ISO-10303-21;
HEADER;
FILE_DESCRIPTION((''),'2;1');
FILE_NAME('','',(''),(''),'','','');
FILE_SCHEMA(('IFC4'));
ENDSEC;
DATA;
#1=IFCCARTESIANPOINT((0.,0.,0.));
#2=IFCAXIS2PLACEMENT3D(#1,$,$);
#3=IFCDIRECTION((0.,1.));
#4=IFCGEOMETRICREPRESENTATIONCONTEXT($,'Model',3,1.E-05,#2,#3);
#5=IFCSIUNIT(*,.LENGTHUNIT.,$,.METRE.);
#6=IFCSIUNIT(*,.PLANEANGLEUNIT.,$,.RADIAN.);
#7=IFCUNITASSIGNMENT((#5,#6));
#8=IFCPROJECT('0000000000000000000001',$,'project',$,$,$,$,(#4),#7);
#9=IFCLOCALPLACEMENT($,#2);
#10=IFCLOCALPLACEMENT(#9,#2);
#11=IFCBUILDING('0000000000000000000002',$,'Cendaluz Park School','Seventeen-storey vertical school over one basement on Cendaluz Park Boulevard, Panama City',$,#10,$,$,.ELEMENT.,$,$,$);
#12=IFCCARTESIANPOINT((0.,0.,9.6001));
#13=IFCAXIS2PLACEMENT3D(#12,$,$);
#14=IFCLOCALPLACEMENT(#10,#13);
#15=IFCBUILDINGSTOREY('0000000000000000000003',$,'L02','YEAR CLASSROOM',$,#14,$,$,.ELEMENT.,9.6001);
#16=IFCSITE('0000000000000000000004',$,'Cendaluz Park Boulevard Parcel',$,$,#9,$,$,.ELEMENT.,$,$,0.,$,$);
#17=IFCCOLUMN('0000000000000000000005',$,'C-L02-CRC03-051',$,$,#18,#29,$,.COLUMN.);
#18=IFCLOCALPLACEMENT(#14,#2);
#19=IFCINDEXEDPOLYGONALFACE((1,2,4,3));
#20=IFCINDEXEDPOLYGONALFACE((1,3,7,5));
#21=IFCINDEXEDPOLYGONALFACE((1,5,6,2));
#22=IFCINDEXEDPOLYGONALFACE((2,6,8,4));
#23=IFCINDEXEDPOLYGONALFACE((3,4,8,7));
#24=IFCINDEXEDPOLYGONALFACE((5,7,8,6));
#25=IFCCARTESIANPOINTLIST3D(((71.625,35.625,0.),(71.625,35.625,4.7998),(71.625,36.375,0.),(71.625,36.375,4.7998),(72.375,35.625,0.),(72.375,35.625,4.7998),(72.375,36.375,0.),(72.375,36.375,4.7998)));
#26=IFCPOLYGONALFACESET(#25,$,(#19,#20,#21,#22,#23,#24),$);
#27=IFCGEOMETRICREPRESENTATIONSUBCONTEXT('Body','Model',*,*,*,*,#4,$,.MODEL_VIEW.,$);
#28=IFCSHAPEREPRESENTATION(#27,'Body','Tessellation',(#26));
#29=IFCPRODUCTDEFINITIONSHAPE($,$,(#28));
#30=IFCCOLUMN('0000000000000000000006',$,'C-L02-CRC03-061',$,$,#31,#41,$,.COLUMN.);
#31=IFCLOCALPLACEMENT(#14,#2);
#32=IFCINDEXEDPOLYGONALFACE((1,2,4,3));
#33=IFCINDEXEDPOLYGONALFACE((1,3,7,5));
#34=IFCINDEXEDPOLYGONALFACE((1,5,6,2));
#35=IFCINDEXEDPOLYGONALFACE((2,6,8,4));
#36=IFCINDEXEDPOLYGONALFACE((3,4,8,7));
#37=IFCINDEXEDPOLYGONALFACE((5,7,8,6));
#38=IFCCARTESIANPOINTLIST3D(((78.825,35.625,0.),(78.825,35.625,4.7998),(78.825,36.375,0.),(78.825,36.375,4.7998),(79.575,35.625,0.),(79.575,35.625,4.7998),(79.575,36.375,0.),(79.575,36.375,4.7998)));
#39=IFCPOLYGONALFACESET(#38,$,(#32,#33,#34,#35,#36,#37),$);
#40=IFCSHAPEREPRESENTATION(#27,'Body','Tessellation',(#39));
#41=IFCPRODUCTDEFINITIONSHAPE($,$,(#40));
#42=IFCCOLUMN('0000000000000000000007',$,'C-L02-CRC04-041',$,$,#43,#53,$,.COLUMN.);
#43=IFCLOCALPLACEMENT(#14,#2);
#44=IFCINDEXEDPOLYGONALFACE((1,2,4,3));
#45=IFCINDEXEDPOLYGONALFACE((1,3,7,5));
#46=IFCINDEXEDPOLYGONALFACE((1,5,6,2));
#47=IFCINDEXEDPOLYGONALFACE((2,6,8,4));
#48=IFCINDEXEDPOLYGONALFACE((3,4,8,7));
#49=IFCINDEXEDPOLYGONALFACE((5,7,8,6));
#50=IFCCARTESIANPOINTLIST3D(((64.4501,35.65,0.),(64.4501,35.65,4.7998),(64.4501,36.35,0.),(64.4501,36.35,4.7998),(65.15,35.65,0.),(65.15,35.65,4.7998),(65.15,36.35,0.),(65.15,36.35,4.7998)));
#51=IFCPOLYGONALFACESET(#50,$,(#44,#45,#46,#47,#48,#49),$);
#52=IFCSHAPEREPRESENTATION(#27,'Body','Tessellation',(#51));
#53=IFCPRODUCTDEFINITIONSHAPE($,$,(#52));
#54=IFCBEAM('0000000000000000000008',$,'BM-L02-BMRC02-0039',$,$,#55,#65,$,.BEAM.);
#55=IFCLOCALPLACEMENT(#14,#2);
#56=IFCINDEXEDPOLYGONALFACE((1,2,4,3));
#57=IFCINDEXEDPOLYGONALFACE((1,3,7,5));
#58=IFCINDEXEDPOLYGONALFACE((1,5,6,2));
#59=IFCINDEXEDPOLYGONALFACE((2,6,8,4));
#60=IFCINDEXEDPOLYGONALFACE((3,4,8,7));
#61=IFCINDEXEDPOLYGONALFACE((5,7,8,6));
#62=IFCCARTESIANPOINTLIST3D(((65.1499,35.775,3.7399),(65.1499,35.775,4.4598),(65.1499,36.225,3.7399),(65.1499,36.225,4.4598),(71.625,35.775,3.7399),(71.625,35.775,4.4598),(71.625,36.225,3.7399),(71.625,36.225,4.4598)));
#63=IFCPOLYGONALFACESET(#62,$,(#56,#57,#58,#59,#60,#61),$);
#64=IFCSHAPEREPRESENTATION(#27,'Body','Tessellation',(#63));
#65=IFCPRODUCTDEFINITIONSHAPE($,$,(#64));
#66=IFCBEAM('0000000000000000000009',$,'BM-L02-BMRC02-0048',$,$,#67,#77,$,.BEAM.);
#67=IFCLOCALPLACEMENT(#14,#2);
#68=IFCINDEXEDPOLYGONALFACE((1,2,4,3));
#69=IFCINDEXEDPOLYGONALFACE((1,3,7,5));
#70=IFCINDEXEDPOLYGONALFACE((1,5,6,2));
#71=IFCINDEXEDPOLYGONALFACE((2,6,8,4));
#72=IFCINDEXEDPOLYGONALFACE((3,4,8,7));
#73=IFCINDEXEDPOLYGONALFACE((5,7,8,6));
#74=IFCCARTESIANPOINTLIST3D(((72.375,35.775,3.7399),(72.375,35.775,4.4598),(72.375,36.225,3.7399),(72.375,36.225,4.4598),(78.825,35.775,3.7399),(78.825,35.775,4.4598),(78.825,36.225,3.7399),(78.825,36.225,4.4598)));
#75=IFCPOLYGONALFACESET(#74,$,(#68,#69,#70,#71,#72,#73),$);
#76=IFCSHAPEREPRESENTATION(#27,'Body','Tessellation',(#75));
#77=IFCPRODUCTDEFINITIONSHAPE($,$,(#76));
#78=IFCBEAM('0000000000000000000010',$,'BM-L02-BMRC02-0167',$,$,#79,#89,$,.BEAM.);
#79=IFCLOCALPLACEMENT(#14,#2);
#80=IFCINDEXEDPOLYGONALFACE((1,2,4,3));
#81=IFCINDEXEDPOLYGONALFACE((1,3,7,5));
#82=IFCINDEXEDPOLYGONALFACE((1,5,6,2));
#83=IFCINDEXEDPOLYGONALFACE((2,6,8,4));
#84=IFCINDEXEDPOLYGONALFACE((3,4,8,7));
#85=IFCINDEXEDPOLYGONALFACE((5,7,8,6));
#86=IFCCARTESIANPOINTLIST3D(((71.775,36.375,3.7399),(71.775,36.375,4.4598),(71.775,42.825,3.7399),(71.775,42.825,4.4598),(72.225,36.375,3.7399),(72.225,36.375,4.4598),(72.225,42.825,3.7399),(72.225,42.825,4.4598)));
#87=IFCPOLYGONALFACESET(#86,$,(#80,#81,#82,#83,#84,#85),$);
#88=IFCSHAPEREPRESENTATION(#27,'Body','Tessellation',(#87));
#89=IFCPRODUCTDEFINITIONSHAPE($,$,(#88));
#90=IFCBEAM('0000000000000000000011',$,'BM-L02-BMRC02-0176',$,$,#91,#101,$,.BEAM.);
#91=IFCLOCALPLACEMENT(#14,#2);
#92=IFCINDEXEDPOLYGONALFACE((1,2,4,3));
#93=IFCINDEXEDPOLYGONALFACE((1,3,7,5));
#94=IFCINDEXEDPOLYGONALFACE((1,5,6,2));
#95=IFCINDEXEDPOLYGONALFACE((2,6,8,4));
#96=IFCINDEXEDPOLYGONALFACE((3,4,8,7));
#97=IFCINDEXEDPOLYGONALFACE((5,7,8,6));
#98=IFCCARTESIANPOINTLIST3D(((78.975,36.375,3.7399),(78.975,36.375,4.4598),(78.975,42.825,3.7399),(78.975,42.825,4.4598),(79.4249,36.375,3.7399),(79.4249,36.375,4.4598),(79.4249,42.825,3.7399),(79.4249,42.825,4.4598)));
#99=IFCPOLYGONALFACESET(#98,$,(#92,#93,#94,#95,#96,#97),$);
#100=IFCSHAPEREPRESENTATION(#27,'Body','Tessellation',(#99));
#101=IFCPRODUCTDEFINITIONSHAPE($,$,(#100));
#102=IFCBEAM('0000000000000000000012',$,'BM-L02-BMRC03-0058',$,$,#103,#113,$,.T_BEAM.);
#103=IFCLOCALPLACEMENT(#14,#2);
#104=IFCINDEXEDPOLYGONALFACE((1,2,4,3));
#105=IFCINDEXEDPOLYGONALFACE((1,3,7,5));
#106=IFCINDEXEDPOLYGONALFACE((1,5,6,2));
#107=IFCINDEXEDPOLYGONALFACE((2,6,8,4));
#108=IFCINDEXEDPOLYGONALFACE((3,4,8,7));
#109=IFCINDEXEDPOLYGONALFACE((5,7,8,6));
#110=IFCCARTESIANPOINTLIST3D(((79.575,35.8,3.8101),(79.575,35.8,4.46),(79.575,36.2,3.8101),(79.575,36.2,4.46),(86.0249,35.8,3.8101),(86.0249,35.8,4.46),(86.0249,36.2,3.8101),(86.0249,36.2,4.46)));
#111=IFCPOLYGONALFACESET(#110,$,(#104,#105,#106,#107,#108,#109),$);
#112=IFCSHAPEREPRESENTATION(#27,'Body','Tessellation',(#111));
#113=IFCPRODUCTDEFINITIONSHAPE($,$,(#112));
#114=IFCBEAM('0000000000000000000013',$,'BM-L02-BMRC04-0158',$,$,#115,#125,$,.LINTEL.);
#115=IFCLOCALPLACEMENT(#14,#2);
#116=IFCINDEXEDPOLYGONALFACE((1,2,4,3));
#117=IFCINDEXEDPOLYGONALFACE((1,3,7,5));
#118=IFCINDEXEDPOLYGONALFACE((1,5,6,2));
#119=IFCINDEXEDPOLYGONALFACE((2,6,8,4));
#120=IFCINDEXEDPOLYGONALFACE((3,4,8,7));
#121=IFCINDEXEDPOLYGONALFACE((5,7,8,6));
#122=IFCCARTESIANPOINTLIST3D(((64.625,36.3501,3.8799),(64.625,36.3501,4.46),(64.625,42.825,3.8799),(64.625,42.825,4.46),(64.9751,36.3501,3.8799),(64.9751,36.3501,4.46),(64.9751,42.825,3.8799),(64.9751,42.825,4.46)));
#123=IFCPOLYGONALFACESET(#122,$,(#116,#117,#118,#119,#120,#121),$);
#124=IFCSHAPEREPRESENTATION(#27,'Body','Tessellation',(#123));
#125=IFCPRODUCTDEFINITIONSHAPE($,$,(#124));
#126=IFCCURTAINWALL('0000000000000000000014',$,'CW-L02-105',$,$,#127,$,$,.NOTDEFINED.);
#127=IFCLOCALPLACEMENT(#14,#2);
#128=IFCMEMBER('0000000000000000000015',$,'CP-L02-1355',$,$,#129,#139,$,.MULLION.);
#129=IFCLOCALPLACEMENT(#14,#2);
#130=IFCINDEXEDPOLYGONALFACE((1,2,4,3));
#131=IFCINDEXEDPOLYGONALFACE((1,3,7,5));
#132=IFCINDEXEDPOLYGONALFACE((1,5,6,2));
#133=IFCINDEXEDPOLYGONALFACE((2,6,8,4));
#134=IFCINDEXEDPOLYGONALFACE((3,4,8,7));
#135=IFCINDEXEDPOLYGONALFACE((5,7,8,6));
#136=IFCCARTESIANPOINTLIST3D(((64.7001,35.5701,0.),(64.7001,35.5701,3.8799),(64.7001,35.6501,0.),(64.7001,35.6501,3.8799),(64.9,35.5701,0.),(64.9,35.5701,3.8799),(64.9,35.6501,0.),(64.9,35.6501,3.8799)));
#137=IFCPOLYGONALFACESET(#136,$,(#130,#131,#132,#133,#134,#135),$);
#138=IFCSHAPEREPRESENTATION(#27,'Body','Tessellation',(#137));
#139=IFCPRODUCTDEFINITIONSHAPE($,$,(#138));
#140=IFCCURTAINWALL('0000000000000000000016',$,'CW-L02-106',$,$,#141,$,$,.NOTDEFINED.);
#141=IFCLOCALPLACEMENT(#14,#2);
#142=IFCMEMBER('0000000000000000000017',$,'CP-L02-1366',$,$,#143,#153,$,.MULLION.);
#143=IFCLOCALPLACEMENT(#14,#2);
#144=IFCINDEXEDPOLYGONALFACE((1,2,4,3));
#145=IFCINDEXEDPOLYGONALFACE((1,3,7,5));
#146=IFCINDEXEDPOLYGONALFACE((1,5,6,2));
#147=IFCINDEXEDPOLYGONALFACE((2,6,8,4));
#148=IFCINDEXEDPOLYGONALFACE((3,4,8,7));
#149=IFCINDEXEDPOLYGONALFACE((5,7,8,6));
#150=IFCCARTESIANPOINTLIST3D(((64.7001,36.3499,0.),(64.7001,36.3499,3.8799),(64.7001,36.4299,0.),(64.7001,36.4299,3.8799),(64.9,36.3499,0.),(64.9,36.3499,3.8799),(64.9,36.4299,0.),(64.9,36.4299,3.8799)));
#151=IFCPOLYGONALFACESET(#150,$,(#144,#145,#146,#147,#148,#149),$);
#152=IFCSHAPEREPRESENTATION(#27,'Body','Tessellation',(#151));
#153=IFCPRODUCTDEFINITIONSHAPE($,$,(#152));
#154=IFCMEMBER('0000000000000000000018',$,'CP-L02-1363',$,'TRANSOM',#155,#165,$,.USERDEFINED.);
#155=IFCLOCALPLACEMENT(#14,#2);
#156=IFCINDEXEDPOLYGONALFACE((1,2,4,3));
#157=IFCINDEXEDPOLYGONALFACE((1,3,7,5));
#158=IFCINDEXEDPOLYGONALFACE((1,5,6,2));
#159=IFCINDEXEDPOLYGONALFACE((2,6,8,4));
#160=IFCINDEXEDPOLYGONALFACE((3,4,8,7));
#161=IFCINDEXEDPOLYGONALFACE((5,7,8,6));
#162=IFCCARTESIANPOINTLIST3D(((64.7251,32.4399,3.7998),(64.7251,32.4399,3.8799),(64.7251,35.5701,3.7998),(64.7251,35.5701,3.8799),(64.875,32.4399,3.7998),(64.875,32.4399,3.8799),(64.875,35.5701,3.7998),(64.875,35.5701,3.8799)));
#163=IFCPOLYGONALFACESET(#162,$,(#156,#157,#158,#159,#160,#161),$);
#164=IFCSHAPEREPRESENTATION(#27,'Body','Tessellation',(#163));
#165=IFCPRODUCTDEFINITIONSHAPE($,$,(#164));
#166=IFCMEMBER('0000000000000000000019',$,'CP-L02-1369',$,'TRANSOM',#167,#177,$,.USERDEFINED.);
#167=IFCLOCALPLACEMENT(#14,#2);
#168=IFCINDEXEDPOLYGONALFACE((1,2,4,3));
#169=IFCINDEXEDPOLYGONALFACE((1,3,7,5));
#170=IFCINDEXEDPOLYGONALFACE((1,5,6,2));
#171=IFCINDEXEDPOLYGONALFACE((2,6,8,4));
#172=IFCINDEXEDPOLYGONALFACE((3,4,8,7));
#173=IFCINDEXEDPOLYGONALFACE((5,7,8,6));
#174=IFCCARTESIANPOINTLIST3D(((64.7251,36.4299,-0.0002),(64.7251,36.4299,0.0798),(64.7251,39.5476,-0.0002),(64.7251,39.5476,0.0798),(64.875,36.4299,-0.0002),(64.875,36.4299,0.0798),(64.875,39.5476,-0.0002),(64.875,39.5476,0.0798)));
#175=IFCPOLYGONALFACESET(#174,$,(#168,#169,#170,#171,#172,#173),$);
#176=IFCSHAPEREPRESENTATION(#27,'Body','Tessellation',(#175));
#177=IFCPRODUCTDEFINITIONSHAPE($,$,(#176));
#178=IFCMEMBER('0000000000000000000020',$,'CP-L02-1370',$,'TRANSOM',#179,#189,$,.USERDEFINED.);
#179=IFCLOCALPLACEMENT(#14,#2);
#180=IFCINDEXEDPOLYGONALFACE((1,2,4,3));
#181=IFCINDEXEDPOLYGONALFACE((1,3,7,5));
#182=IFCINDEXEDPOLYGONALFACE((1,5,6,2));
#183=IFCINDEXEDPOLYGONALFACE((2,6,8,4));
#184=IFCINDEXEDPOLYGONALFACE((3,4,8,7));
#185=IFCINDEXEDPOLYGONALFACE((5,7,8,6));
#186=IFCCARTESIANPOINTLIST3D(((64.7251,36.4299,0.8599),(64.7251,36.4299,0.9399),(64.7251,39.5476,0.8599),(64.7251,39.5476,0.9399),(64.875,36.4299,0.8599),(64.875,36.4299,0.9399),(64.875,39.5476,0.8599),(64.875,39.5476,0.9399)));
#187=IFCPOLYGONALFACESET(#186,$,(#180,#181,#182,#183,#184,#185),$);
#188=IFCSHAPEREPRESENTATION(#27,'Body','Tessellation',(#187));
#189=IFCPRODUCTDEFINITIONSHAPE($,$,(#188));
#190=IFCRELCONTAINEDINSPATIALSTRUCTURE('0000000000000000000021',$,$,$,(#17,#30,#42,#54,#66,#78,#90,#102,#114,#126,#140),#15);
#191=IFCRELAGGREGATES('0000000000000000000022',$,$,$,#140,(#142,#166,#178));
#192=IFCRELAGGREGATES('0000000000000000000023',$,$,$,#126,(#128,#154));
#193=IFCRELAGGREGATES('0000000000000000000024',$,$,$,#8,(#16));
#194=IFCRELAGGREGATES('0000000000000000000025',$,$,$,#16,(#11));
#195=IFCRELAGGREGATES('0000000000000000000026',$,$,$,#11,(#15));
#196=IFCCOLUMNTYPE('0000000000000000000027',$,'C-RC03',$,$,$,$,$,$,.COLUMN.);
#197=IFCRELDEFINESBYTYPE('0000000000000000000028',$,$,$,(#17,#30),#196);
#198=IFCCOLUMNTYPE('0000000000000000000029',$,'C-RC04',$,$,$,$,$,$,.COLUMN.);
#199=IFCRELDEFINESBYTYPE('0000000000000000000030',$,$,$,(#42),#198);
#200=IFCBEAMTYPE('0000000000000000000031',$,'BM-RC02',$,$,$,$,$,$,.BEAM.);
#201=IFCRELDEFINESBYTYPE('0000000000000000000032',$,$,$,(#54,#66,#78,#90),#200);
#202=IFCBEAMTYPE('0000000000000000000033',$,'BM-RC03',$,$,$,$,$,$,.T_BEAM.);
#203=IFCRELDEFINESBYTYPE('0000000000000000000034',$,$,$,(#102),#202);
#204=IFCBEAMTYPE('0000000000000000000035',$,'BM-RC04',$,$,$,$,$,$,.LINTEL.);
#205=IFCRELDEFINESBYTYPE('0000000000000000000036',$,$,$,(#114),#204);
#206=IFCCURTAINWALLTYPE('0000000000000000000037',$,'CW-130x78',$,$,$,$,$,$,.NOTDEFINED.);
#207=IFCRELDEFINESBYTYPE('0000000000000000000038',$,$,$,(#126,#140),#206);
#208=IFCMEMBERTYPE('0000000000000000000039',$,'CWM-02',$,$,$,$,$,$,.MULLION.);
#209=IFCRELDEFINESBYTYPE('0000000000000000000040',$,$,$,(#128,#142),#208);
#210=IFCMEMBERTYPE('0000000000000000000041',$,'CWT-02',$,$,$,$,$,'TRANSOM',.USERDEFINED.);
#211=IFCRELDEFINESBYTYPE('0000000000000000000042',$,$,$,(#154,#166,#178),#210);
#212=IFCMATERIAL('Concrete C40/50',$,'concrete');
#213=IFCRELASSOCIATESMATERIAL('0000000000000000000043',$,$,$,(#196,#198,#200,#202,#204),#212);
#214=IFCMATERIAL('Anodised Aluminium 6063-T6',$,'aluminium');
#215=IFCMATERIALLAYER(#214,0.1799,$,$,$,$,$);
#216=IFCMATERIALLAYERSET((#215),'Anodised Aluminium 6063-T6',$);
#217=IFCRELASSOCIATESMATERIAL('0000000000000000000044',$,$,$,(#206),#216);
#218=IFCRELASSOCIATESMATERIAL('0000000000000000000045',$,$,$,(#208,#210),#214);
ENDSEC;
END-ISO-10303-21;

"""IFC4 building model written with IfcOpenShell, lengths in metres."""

from ifc_helpers import new_model, si_unit, direction, frame, origin, origin_2d, place, context, subcontext, project, spatial, rectangle, extrude, material, layer, layer_set, material_profile, profile_set, type_object, element, aggregate, save


model = new_model("IFC4")

# Units and contexts
model_context = context("Model", 3, precision=1e-05, world=origin(), true_north=direction((0.0, 1.0)))
body_context = subcontext(model_context, "Body", "Model", "MODEL_VIEW")
ifc_project = project(units=[si_unit("LENGTHUNIT", "METRE"), si_unit("PLANEANGLEUNIT", "RADIAN")], contexts=[model_context])

# Site, building, storey
site_placement = place(None, origin())
site = spatial("IfcSite", under=ifc_project, at=site_placement, Name="Cendaluz Park Boulevard Parcel", CompositionType="ELEMENT", RefElevation=0.0)
building_placement = place(site_placement, origin())
building = spatial("IfcBuilding", under=site, at=building_placement, Name="Cendaluz Park School", Description="Seventeen-storey vertical school over one basement on Cendaluz Park Boulevard, Panama City", CompositionType="ELEMENT")
storey_placement = place(building_placement, frame((0.0, 0.0, 9.6001)))
storey = spatial("IfcBuildingStorey", under=building, at=storey_placement, Name="L02", Description="YEAR CLASSROOM", CompositionType="ELEMENT", Elevation=9.6001)

# Columns
ifc_material_1 = material(Name="Concrete C40/50", Category="concrete")
ifc_material_profile_1 = material_profile(ifc_material_1, rectangle(XDim=0.75, YDim=0.75, at=origin_2d()), Name="RC 750x750", Category="concrete")
ifc_profile_set_1 = profile_set([ifc_material_profile_1], Name="Concrete C40/50")
column_type_1 = type_object("IfcColumnType", Name="C-RC03", PredefinedType="COLUMN", material=ifc_profile_set_1)
for number, where, z_axis, x_axis, name in (
    (1, (72.0, 36.0, 0.0), (0.0, 0.0, 1.0), (1.0, 0.0, 0.0), "C-L02-CRC03-051"),
    (2, (79.2, 36.0, 0.0), (0.0, 0.0, 1.0), (1.0, 0.0, 0.0), "C-L02-CRC03-061"),
):
    element("IfcColumn", number, at=place(storey_placement, frame(where, z_axis=z_axis, x_axis=x_axis)), inside=storey, type_object=column_type_1, Name=name, PredefinedType="COLUMN", context=body_context, shape_type="SweptSolid", body=[
        extrude(rectangle(XDim=0.75, YDim=0.75, at=origin_2d()), origin(), (0.0, 0.0, 1.0), 4.7998),
    ])
ifc_material_profile_2 = material_profile(ifc_material_1, rectangle(XDim=0.7, YDim=0.7, at=origin_2d()), Name="RC 700x700", Category="concrete")
ifc_profile_set_2 = profile_set([ifc_material_profile_2], Name="Concrete C40/50")
column_type_2 = type_object("IfcColumnType", Name="C-RC04", PredefinedType="COLUMN", material=ifc_profile_set_2)
column_placement = place(storey_placement, frame((64.8, 36.0, 0.0), z_axis=(0.0, 0.0, 1.0), x_axis=(1.0, 0.0, 0.0)))
element("IfcColumn", 3, at=column_placement, inside=storey, type_object=column_type_2, Name="C-L02-CRC04-041", PredefinedType="COLUMN", context=body_context, shape_type="SweptSolid", body=[
    extrude(rectangle(XDim=0.7, YDim=0.7, at=origin_2d()), origin(), (0.0, 0.0, 1.0), 4.7998),
])

# Beams
ifc_material_profile_3 = material_profile(ifc_material_1, rectangle(XDim=0.45, YDim=0.72, at=origin_2d()), Name="RC 450x720", Category="concrete")
ifc_profile_set_3 = profile_set([ifc_material_profile_3], Name="Concrete C40/50")
beam_type_1 = type_object("IfcBeamType", Name="BM-RC02", PredefinedType="BEAM", material=ifc_profile_set_3)
beam_1_placement = place(storey_placement, frame((65.1499, 36.0, 4.0999), z_axis=(1.0, 0.0, 0.0), x_axis=(0.0, 1.0, 0.0)))
element("IfcBeam", 4, at=beam_1_placement, inside=storey, type_object=beam_type_1, Name="BM-L02-BMRC02-0039", PredefinedType="BEAM", context=body_context, shape_type="SweptSolid", body=[
    extrude(rectangle(XDim=0.45, YDim=0.72, at=origin_2d()), origin(), (0.0, 0.0, 1.0), 6.4751),
])
for number, where, z_axis, x_axis, name in (
    (5, (72.375, 36.0, 4.0999), (1.0, 0.0, 0.0), (0.0, 1.0, 0.0), "BM-L02-BMRC02-0048"),
    (6, (72.0, 36.375, 4.0999), (0.0, 1.0, 0.0), (-1.0, 0.0, 0.0), "BM-L02-BMRC02-0167"),
    (7, (79.2, 36.375, 4.0999), (0.0, 1.0, 0.0), (-1.0, 0.0, 0.0), "BM-L02-BMRC02-0176"),
):
    element("IfcBeam", number, at=place(storey_placement, frame(where, z_axis=z_axis, x_axis=x_axis)), inside=storey, type_object=beam_type_1, Name=name, PredefinedType="BEAM", context=body_context, shape_type="SweptSolid", body=[
        extrude(rectangle(XDim=0.45, YDim=0.72, at=origin_2d()), origin(), (0.0, 0.0, 1.0), 6.45),
    ])
ifc_material_profile_4 = material_profile(ifc_material_1, rectangle(XDim=0.3999, YDim=0.6499, at=origin_2d()), Name="RC 400x650", Category="concrete")
ifc_profile_set_4 = profile_set([ifc_material_profile_4], Name="Concrete C40/50")
beam_type_2 = type_object("IfcBeamType", Name="BM-RC03", PredefinedType="T_BEAM", material=ifc_profile_set_4)
beam_2_placement = place(storey_placement, frame((79.575, 36.0, 4.135), z_axis=(1.0, 0.0, 0.0), x_axis=(0.0, 1.0, 0.0)))
element("IfcBeam", 8, at=beam_2_placement, inside=storey, type_object=beam_type_2, Name="BM-L02-BMRC03-0058", PredefinedType="T_BEAM", context=body_context, shape_type="SweptSolid", body=[
    extrude(rectangle(XDim=0.3999, YDim=0.6499, at=origin_2d()), origin(), (0.0, 0.0, 1.0), 6.45),
])
ifc_material_profile_5 = material_profile(ifc_material_1, rectangle(XDim=0.3501, YDim=0.5801, at=origin_2d()), Name="RC 350x580", Category="concrete")
ifc_profile_set_5 = profile_set([ifc_material_profile_5], Name="Concrete C40/50")
beam_type_3 = type_object("IfcBeamType", Name="BM-RC04", PredefinedType="LINTEL", material=ifc_profile_set_5)
beam_3_placement = place(storey_placement, frame((64.8, 36.3501, 4.1699), z_axis=(0.0, 1.0, 0.0), x_axis=(-1.0, 0.0, 0.0)))
element("IfcBeam", 9, at=beam_3_placement, inside=storey, type_object=beam_type_3, Name="BM-L02-BMRC04-0158", PredefinedType="LINTEL", context=body_context, shape_type="SweptSolid", body=[
    extrude(rectangle(XDim=0.3501, YDim=0.5801, at=origin_2d()), origin(), (0.0, 0.0, 1.0), 6.4749),
])

# Curtain walls, members
ifc_material_2 = material(Name="Anodised Aluminium 6063-T6", Category="aluminium")
ifc_layer_1 = layer(ifc_material_2, 0.1799)
ifc_layer_set_1 = layer_set([ifc_layer_1], Name="Anodised Aluminium 6063-T6")
curtain_wall_type = type_object("IfcCurtainWallType", Name="CW-130x78", PredefinedType="NOTDEFINED", material=ifc_layer_set_1)
curtain_wall_1_placement = place(storey_placement, origin())
curtain_wall_1 = element("IfcCurtainWall", 10, at=curtain_wall_1_placement, inside=storey, type_object=curtain_wall_type, Name="CW-L02-105", PredefinedType="NOTDEFINED")
ifc_material_profile_6 = material_profile(ifc_material_2, rectangle(XDim=0.2, YDim=0.0801, at=origin_2d()), Name="CWM 200x80", Category="aluminium")
ifc_profile_set_6 = profile_set([ifc_material_profile_6], Name="Anodised Aluminium 6063-T6")
member_type_1 = type_object("IfcMemberType", Name="CWM-02", PredefinedType="MULLION", material=ifc_profile_set_6)
member_1_placement = place(storey_placement, frame((64.8, 35.6101, 0.0), z_axis=(0.0, 0.0, 1.0), x_axis=(-1.0, 0.0, 0.0)))
member_1 = element("IfcMember", 11, at=member_1_placement, type_object=member_type_1, Name="CP-L02-1355", PredefinedType="MULLION", context=body_context, shape_type="SweptSolid", body=[
    extrude(rectangle(XDim=0.2, YDim=0.0801, at=origin_2d()), origin(), (0.0, 0.0, 1.0), 3.8799),
])
curtain_wall_2_placement = place(storey_placement, origin())
curtain_wall_2 = element("IfcCurtainWall", 12, at=curtain_wall_2_placement, inside=storey, type_object=curtain_wall_type, Name="CW-L02-106", PredefinedType="NOTDEFINED")
member_2_placement = place(storey_placement, frame((64.8, 36.3899, 0.0), z_axis=(0.0, 0.0, 1.0), x_axis=(-1.0, 0.0, 0.0)))
member_2 = element("IfcMember", 13, at=member_2_placement, type_object=member_type_1, Name="CP-L02-1366", PredefinedType="MULLION", context=body_context, shape_type="SweptSolid", body=[
    extrude(rectangle(XDim=0.2, YDim=0.0801, at=origin_2d()), origin(), (0.0, 0.0, 1.0), 3.8799),
])

# Members
ifc_material_profile_7 = material_profile(ifc_material_2, rectangle(XDim=0.1499, YDim=0.0801, at=origin_2d()), Name="CWT 150x80", Category="aluminium")
ifc_profile_set_7 = profile_set([ifc_material_profile_7], Name="Anodised Aluminium 6063-T6")
member_type_2 = type_object("IfcMemberType", Name="CWT-02", ElementType="TRANSOM", PredefinedType="USERDEFINED", material=ifc_profile_set_7)
member_3_placement = place(storey_placement, frame((64.8, 32.4399, 3.8398), z_axis=(0.0, 1.0, 0.0), x_axis=(-1.0, 0.0, 0.0)))
member_3 = element("IfcMember", 14, at=member_3_placement, type_object=member_type_2, Name="CP-L02-1363", ObjectType="TRANSOM", PredefinedType="USERDEFINED", context=body_context, shape_type="SweptSolid", body=[
    extrude(rectangle(XDim=0.1499, YDim=0.0801, at=origin_2d()), origin(), (0.0, 0.0, 1.0), 3.1301),
])
member_4_placement = place(storey_placement, frame((64.8, 36.4299, 0.0398), z_axis=(0.0, 1.0, 0.0), x_axis=(-1.0, 0.0, 0.0)))
member_4 = element("IfcMember", 15, at=member_4_placement, type_object=member_type_2, Name="CP-L02-1369", ObjectType="TRANSOM", PredefinedType="USERDEFINED", context=body_context, shape_type="SweptSolid", body=[
    extrude(rectangle(XDim=0.1499, YDim=0.0801, at=origin_2d()), origin(), (0.0, 0.0, 1.0), 3.1177),
])
member_5_placement = place(storey_placement, frame((64.8, 36.4299, 0.8999), z_axis=(0.0, 1.0, 0.0), x_axis=(-1.0, 0.0, 0.0)))
member_5 = element("IfcMember", 16, at=member_5_placement, type_object=member_type_2, Name="CP-L02-1370", ObjectType="TRANSOM", PredefinedType="USERDEFINED", context=body_context, shape_type="SweptSolid", body=[
    extrude(rectangle(XDim=0.1499, YDim=0.0801, at=origin_2d()), origin(), (0.0, 0.0, 1.0), 3.1177),
])

aggregate(curtain_wall_2, [member_2, member_4, member_5])
aggregate(curtain_wall_1, [member_1, member_3])

save(model, "model.ifc")
